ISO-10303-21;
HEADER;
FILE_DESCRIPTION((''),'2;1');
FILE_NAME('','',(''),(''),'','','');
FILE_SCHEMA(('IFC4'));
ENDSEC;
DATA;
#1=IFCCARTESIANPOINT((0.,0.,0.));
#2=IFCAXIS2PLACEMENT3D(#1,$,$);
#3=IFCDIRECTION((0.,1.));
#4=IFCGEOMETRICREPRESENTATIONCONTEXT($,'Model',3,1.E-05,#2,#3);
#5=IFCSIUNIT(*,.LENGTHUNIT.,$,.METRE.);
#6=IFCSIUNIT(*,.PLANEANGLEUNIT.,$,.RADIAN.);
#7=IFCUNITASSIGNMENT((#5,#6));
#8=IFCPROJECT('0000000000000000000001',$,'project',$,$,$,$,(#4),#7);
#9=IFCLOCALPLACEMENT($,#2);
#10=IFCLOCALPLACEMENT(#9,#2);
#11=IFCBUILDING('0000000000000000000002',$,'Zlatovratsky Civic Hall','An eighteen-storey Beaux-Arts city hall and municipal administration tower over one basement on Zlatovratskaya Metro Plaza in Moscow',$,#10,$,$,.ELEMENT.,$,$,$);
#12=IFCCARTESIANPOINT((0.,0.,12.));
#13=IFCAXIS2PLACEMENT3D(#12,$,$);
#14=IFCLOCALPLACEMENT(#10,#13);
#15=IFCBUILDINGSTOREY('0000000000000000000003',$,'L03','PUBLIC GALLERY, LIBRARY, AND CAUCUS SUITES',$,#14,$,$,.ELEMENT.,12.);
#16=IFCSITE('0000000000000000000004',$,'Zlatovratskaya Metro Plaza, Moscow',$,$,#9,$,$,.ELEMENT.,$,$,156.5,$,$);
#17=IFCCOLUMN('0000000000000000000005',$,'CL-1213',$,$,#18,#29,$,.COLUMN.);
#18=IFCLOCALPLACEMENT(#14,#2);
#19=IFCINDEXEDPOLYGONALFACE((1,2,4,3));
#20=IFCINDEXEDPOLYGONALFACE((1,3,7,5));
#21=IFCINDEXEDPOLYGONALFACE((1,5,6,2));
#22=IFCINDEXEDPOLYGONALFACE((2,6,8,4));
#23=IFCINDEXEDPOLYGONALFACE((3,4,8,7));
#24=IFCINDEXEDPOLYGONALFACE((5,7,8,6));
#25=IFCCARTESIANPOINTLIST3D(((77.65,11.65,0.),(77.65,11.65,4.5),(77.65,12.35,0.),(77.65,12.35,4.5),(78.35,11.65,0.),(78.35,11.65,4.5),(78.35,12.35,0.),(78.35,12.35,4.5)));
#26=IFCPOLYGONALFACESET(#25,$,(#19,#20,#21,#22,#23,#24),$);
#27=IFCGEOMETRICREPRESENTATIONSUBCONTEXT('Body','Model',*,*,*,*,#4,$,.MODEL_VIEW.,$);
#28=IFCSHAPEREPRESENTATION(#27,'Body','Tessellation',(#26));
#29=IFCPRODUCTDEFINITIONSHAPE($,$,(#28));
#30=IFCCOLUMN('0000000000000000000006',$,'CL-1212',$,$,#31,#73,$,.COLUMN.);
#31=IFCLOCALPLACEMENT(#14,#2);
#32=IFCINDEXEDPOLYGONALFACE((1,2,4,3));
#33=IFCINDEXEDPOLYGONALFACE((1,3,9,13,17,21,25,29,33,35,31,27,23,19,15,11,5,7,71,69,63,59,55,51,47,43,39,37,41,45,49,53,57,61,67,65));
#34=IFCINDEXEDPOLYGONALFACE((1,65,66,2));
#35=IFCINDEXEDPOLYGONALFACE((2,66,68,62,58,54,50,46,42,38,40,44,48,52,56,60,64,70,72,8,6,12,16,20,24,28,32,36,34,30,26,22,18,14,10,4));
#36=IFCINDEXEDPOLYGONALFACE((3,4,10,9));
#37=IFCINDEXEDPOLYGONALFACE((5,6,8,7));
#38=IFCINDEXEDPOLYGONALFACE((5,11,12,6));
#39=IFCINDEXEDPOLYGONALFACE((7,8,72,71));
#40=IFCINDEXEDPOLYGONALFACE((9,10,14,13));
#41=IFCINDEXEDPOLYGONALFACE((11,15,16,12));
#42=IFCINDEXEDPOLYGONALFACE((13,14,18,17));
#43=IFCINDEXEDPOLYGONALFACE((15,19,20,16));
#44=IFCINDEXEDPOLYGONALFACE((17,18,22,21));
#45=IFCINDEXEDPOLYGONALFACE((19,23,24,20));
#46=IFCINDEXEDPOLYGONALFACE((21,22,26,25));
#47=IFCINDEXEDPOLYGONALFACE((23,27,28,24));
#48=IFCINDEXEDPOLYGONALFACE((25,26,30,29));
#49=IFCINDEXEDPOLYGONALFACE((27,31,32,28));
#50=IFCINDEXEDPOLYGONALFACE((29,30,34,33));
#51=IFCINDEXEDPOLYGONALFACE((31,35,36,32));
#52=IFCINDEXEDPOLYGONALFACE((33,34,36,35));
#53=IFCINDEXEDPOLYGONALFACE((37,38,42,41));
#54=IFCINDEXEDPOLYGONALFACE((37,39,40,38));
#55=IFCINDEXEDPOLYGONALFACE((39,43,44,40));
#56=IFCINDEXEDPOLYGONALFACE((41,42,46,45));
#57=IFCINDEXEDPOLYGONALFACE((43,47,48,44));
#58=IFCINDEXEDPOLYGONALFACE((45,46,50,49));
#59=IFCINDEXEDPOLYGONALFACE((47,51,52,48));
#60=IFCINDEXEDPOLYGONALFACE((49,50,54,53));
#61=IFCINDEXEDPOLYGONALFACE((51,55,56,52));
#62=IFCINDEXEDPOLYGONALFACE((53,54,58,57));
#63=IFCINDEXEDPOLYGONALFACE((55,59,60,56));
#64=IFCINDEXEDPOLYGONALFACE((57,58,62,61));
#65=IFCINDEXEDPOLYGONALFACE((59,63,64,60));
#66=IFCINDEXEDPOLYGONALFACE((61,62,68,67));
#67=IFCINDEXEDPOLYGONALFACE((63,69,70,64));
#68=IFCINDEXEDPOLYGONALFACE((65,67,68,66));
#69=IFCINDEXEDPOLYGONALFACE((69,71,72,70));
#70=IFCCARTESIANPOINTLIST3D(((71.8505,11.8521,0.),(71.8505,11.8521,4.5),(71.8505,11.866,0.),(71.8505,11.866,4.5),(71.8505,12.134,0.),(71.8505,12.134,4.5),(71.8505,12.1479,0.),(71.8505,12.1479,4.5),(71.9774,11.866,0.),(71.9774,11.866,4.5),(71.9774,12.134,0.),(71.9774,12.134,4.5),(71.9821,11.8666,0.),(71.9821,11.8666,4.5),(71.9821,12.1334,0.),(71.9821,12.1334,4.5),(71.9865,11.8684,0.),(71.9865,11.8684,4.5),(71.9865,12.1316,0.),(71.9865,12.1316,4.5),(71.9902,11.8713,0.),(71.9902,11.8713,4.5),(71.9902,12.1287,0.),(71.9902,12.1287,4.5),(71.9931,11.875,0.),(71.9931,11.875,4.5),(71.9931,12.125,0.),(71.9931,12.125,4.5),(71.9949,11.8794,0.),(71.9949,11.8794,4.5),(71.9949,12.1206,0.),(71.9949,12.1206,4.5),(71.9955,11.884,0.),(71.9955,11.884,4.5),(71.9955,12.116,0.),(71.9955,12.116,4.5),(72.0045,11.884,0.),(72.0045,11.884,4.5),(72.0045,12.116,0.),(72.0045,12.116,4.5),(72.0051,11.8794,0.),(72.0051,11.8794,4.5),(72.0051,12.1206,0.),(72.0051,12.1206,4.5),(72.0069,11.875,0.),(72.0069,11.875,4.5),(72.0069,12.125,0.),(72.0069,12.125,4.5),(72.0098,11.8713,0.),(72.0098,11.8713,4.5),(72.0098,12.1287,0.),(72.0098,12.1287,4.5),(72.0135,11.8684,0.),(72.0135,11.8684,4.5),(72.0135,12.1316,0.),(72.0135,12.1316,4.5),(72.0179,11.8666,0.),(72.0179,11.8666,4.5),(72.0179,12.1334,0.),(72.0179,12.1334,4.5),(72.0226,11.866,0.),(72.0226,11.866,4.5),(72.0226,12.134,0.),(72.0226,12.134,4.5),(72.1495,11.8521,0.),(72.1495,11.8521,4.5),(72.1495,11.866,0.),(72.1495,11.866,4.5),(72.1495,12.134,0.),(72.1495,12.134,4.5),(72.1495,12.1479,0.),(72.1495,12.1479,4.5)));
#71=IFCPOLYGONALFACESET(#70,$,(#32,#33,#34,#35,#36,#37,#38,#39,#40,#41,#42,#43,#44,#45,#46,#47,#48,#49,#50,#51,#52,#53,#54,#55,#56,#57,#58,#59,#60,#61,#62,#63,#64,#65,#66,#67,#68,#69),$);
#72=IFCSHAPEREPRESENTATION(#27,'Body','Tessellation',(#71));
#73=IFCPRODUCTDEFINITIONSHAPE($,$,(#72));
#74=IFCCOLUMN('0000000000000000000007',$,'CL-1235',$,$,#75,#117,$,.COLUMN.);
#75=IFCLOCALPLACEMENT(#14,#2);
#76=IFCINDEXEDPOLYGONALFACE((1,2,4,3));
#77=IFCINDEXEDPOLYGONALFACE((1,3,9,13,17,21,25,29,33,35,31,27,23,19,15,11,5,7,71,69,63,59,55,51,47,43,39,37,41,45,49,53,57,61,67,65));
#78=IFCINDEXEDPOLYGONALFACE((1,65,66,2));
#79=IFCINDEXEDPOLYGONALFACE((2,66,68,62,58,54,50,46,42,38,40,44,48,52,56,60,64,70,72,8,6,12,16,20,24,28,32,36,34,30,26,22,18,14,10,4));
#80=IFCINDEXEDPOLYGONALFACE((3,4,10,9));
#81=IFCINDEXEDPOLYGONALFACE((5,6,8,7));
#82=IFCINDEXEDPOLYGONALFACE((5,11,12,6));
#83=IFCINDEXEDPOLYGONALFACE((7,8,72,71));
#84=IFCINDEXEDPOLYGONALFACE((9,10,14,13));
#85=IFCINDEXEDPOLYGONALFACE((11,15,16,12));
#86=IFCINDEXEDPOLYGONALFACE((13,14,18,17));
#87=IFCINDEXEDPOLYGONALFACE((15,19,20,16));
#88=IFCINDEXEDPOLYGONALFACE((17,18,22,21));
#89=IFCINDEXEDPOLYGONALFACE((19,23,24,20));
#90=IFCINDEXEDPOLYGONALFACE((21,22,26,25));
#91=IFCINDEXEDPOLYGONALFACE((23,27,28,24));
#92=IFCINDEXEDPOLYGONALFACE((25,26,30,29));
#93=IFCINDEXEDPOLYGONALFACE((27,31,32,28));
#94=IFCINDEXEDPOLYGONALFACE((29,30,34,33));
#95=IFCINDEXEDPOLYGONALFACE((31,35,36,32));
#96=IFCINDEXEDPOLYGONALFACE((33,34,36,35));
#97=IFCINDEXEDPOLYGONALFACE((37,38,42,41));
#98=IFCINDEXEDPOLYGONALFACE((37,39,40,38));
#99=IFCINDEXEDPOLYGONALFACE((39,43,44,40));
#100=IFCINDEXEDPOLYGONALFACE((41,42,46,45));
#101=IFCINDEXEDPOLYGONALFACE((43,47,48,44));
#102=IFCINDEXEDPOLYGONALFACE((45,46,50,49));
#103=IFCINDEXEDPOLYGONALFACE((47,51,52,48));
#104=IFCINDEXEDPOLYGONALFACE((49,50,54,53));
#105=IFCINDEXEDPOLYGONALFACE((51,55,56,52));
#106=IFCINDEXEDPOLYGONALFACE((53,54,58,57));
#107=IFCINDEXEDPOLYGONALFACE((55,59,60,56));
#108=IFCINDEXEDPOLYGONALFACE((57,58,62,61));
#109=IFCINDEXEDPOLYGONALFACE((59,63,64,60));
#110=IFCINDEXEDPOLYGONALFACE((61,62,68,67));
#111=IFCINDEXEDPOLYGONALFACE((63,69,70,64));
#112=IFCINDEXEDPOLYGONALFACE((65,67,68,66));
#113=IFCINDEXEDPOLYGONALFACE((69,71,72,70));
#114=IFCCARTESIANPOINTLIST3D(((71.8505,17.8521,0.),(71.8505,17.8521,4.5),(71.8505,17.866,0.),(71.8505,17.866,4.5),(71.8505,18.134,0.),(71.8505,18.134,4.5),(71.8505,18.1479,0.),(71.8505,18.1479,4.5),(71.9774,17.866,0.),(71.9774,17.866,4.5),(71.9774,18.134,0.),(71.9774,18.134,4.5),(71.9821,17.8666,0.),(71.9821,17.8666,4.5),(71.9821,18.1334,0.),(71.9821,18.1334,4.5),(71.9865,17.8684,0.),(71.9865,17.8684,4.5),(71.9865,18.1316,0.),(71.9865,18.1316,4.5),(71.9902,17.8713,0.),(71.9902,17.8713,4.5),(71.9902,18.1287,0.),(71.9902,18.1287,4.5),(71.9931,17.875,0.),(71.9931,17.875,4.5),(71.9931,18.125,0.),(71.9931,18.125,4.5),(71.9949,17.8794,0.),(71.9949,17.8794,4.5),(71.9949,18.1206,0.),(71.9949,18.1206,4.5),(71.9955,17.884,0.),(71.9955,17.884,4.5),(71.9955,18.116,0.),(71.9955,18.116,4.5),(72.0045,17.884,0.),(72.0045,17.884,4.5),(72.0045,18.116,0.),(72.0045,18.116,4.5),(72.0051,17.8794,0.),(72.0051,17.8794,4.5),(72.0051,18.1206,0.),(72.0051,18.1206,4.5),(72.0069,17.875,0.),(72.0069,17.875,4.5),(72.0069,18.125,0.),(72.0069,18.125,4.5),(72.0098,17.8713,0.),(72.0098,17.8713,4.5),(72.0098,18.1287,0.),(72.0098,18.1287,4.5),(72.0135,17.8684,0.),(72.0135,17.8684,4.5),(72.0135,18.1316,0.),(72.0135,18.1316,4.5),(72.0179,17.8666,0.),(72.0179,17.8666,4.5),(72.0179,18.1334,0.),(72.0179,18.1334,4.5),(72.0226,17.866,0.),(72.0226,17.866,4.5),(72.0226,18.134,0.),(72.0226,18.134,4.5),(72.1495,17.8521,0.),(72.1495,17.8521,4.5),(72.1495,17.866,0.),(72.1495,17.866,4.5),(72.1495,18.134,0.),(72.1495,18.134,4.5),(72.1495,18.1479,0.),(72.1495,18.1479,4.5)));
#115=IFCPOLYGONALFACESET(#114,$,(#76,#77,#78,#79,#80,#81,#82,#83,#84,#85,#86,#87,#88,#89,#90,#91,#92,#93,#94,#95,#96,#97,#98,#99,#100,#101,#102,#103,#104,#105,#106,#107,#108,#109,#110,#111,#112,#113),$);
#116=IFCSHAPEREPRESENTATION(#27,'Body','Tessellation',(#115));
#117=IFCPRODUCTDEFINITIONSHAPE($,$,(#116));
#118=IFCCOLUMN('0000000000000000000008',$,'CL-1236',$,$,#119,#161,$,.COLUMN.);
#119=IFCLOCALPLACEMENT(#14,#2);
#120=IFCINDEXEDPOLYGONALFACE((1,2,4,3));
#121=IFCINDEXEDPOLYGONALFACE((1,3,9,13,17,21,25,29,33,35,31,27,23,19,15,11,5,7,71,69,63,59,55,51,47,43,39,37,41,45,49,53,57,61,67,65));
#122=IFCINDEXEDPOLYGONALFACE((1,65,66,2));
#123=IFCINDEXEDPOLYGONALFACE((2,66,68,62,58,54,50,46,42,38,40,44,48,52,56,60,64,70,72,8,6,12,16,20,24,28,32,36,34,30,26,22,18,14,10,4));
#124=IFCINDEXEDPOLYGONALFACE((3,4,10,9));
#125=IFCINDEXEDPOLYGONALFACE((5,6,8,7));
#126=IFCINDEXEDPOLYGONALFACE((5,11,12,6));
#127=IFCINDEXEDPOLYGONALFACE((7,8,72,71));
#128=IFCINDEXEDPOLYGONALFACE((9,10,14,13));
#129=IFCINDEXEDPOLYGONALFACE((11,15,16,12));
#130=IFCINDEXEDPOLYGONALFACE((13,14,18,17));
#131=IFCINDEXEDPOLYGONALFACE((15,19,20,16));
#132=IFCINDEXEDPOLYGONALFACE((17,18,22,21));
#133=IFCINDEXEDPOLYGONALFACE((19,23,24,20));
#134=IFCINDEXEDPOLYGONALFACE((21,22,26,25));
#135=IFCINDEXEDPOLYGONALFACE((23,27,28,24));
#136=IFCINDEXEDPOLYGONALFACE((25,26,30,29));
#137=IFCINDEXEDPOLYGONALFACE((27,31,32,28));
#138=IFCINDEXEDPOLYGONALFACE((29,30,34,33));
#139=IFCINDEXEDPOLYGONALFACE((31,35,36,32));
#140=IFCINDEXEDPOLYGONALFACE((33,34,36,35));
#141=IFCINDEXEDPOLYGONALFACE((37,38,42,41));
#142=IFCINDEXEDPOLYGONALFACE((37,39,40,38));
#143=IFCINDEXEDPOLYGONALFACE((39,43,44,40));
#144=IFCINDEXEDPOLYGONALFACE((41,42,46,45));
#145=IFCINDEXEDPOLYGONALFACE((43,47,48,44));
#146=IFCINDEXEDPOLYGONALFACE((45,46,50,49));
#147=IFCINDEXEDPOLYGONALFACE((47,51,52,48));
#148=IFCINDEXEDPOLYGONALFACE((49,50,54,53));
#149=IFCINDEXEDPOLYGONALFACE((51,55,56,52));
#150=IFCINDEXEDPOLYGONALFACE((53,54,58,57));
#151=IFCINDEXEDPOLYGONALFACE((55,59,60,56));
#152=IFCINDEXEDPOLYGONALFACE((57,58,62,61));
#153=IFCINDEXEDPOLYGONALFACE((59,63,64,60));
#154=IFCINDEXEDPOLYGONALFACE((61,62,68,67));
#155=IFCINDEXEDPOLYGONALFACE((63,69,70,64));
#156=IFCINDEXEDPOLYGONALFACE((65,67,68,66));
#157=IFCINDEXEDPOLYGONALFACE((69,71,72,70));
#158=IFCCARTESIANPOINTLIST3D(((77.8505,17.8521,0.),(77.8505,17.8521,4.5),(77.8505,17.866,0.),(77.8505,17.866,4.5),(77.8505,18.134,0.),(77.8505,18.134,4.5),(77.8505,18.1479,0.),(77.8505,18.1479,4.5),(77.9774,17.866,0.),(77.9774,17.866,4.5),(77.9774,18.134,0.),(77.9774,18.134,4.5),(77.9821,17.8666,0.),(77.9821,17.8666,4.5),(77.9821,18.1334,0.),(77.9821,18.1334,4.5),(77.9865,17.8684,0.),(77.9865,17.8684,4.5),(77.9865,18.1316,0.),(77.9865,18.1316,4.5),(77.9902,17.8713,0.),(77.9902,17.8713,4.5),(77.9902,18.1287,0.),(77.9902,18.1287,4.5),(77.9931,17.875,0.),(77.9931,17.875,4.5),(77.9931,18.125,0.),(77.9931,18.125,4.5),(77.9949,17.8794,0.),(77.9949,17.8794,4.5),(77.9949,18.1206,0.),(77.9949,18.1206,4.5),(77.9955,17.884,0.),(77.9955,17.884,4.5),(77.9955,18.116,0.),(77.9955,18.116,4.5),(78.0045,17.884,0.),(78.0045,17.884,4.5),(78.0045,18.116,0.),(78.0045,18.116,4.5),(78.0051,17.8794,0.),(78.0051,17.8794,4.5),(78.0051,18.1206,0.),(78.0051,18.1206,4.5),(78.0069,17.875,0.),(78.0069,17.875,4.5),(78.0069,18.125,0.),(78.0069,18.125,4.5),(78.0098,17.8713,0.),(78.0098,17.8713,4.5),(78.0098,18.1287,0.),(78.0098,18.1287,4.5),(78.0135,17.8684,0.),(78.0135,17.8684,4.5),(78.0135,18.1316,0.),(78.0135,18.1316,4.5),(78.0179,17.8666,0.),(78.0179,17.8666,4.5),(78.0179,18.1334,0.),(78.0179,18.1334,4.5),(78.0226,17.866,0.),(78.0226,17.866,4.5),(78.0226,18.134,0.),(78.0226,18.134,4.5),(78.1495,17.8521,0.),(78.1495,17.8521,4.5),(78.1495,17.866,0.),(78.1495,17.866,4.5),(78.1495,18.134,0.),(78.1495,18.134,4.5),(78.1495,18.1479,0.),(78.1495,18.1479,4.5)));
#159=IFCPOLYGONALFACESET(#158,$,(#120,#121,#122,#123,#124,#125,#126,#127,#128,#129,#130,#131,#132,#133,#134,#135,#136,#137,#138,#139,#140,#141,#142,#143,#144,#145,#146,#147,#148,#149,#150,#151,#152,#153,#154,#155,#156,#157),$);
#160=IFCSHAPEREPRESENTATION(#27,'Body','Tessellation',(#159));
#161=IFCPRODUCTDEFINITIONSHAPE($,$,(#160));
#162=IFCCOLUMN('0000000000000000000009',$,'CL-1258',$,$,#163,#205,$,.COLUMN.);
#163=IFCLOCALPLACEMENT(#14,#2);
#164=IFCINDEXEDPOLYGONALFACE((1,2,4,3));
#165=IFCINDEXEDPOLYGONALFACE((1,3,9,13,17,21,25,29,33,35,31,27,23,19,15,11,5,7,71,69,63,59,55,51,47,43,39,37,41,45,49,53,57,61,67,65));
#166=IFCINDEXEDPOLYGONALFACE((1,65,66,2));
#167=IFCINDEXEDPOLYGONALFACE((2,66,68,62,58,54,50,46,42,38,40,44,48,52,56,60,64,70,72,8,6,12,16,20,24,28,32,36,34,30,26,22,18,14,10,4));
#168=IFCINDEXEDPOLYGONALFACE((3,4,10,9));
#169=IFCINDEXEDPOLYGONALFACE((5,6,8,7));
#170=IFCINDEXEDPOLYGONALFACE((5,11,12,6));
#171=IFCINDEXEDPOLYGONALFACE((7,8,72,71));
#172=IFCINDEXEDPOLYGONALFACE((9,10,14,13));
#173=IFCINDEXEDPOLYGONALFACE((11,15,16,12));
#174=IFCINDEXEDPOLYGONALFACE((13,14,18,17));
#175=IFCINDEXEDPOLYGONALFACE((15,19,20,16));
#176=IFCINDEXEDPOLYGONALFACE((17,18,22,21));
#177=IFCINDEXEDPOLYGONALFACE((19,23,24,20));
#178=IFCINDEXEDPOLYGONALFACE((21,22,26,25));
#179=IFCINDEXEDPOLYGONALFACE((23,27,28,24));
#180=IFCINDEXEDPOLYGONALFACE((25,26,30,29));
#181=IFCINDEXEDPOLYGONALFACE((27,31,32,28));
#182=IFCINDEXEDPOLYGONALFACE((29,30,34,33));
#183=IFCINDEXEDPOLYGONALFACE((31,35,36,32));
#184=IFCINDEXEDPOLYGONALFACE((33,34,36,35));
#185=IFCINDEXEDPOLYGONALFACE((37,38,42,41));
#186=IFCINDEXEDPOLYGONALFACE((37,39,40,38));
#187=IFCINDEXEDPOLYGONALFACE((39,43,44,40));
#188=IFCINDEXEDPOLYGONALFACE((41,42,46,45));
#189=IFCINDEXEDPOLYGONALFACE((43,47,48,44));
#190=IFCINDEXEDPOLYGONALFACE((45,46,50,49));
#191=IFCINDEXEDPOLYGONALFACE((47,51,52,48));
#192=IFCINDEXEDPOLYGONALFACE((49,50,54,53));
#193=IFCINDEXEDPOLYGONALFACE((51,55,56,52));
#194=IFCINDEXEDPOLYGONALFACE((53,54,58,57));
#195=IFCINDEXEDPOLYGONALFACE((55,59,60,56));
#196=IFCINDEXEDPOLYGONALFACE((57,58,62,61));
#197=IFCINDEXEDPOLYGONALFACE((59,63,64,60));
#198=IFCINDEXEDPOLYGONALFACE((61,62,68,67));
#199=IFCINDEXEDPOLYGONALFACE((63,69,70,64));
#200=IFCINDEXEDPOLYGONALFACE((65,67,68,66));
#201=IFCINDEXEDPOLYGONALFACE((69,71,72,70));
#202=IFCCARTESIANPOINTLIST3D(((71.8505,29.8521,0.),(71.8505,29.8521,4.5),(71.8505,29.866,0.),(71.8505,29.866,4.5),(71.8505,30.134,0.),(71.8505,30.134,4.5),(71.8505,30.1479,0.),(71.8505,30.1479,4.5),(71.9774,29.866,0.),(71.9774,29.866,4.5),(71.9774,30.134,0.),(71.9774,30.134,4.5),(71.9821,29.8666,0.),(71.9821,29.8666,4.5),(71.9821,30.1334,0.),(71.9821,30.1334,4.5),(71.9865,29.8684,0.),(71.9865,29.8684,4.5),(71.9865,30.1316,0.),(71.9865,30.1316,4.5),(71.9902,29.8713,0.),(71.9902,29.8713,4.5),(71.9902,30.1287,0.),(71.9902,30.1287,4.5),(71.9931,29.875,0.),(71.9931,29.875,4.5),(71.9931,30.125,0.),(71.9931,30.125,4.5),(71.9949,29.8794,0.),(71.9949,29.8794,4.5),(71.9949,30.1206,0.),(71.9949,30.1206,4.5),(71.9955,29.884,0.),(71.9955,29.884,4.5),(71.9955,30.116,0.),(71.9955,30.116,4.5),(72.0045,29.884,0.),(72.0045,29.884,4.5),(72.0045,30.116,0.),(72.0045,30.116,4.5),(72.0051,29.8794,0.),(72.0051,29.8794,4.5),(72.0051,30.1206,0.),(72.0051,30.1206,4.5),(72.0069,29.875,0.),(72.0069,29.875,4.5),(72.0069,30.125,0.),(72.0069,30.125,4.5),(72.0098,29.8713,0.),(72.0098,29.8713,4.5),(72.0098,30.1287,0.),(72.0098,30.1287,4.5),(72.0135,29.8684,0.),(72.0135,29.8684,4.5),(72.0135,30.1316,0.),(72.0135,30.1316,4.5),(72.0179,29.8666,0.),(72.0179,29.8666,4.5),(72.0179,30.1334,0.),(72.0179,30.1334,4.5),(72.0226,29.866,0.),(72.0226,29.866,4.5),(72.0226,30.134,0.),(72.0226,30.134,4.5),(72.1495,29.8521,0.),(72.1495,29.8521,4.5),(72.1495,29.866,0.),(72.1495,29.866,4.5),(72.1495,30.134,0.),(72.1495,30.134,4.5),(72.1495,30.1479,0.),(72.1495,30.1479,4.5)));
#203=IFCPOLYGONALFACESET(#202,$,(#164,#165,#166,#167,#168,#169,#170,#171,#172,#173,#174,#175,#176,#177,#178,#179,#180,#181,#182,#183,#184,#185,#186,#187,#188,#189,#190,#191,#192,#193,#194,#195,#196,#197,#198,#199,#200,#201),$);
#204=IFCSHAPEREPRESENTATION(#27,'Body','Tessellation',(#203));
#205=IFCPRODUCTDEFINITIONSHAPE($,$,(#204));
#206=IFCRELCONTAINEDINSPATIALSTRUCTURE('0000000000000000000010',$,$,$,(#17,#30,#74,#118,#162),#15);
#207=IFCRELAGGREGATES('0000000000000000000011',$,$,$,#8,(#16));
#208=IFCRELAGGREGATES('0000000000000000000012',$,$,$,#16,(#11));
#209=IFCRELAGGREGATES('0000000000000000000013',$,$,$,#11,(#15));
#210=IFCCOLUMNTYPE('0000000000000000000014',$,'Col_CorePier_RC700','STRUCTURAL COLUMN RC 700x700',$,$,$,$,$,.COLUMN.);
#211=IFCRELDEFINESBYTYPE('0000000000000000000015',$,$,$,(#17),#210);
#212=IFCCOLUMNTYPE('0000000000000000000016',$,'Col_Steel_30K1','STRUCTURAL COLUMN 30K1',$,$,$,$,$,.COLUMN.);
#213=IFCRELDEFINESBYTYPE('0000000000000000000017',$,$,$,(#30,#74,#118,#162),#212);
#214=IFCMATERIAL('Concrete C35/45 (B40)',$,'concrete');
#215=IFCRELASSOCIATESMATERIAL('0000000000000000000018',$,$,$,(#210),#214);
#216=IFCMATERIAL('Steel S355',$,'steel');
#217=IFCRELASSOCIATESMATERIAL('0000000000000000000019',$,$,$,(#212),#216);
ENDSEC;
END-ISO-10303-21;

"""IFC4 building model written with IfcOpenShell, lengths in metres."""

from ifc_helpers import new_model, si_unit, direction, frame, origin, origin_2d, place, context, subcontext, project, spatial, rectangle, i_section, extrude, material, material_profile, profile_set, type_object, element, save


model = new_model("IFC4")

# Units and contexts
model_context = context("Model", 3, precision=1e-05, world=origin(), true_north=direction((0.0, 1.0)))
body_context = subcontext(model_context, "Body", "Model", "MODEL_VIEW")
ifc_project = project(units=[si_unit("LENGTHUNIT", "METRE"), si_unit("PLANEANGLEUNIT", "RADIAN")], contexts=[model_context])

# Site, building, storey
site_placement = place(None, origin())
site = spatial("IfcSite", under=ifc_project, at=site_placement, Name="Zlatovratskaya Metro Plaza, Moscow", CompositionType="ELEMENT", RefElevation=156.5)
building_placement = place(site_placement, origin())
building = spatial("IfcBuilding", under=site, at=building_placement, Name="Zlatovratsky Civic Hall", Description="An eighteen-storey Beaux-Arts city hall and municipal administration tower over one basement on Zlatovratskaya Metro Plaza in Moscow", CompositionType="ELEMENT")
storey_placement = place(building_placement, frame((0.0, 0.0, 12.0)))
storey = spatial("IfcBuildingStorey", under=building, at=storey_placement, Name="L03", Description="PUBLIC GALLERY, LIBRARY, AND CAUCUS SUITES", CompositionType="ELEMENT", Elevation=12.0)

# Columns
ifc_material_1 = material(Name="Concrete C35/45 (B40)", Category="concrete")
ifc_material_profile_1 = material_profile(ifc_material_1, rectangle(XDim=0.7, YDim=0.7, at=origin_2d()), Name="RC 700x700")
ifc_profile_set_1 = profile_set([ifc_material_profile_1], Name="Concrete C35/45 (B40)")
column_type_1 = type_object("IfcColumnType", Name="Col_CorePier_RC700", Description="STRUCTURAL COLUMN RC 700x700", PredefinedType="COLUMN", material=ifc_profile_set_1)
column_placement = place(storey_placement, frame((78.0, 12.0, 0.0), z_axis=(0.0, 0.0, 1.0), x_axis=(1.0, 0.0, 0.0)))
element("IfcColumn", 1, at=column_placement, inside=storey, type_object=column_type_1, Name="CL-1213", PredefinedType="COLUMN", context=body_context, shape_type="SweptSolid", body=[
    extrude(rectangle(XDim=0.7, YDim=0.7, at=origin_2d()), origin(), (0.0, 0.0, 1.0), 4.5),
])
ifc_material_2 = material(Name="Steel S355", Category="steel")
ifc_material_profile_2 = material_profile(ifc_material_2, i_section(OverallWidth=0.2991, OverallDepth=0.2959, WebThickness=0.009, FlangeThickness=0.0139, FilletRadius=0.0181, at=origin_2d()), Name="30K1")
ifc_profile_set_2 = profile_set([ifc_material_profile_2], Name="Steel S355")
column_type_2 = type_object("IfcColumnType", Name="Col_Steel_30K1", Description="STRUCTURAL COLUMN 30K1", PredefinedType="COLUMN", material=ifc_profile_set_2)
for number, where, z_axis, x_axis, name in (
    (2, (72.0, 12.0, 0.0), (0.0, 0.0, 1.0), (1.0, 0.0, 0.0), "CL-1212"),
    (3, (72.0, 18.0, 0.0), (0.0, 0.0, 1.0), (1.0, 0.0, 0.0), "CL-1235"),
    (4, (78.0, 18.0, 0.0), (0.0, 0.0, 1.0), (1.0, 0.0, 0.0), "CL-1236"),
    (5, (72.0, 30.0, 0.0), (0.0, 0.0, 1.0), (1.0, 0.0, 0.0), "CL-1258"),
):
    element("IfcColumn", number, at=place(storey_placement, frame(where, z_axis=z_axis, x_axis=x_axis)), inside=storey, type_object=column_type_2, Name=name, PredefinedType="COLUMN", context=body_context, shape_type="SweptSolid", body=[
        extrude(i_section(OverallWidth=0.2991, OverallDepth=0.2959, WebThickness=0.009, FlangeThickness=0.0139, FilletRadius=0.0181, at=origin_2d()), origin(), (0.0, 0.0, 1.0), 4.5),
    ])

save(model, "model.ifc")
